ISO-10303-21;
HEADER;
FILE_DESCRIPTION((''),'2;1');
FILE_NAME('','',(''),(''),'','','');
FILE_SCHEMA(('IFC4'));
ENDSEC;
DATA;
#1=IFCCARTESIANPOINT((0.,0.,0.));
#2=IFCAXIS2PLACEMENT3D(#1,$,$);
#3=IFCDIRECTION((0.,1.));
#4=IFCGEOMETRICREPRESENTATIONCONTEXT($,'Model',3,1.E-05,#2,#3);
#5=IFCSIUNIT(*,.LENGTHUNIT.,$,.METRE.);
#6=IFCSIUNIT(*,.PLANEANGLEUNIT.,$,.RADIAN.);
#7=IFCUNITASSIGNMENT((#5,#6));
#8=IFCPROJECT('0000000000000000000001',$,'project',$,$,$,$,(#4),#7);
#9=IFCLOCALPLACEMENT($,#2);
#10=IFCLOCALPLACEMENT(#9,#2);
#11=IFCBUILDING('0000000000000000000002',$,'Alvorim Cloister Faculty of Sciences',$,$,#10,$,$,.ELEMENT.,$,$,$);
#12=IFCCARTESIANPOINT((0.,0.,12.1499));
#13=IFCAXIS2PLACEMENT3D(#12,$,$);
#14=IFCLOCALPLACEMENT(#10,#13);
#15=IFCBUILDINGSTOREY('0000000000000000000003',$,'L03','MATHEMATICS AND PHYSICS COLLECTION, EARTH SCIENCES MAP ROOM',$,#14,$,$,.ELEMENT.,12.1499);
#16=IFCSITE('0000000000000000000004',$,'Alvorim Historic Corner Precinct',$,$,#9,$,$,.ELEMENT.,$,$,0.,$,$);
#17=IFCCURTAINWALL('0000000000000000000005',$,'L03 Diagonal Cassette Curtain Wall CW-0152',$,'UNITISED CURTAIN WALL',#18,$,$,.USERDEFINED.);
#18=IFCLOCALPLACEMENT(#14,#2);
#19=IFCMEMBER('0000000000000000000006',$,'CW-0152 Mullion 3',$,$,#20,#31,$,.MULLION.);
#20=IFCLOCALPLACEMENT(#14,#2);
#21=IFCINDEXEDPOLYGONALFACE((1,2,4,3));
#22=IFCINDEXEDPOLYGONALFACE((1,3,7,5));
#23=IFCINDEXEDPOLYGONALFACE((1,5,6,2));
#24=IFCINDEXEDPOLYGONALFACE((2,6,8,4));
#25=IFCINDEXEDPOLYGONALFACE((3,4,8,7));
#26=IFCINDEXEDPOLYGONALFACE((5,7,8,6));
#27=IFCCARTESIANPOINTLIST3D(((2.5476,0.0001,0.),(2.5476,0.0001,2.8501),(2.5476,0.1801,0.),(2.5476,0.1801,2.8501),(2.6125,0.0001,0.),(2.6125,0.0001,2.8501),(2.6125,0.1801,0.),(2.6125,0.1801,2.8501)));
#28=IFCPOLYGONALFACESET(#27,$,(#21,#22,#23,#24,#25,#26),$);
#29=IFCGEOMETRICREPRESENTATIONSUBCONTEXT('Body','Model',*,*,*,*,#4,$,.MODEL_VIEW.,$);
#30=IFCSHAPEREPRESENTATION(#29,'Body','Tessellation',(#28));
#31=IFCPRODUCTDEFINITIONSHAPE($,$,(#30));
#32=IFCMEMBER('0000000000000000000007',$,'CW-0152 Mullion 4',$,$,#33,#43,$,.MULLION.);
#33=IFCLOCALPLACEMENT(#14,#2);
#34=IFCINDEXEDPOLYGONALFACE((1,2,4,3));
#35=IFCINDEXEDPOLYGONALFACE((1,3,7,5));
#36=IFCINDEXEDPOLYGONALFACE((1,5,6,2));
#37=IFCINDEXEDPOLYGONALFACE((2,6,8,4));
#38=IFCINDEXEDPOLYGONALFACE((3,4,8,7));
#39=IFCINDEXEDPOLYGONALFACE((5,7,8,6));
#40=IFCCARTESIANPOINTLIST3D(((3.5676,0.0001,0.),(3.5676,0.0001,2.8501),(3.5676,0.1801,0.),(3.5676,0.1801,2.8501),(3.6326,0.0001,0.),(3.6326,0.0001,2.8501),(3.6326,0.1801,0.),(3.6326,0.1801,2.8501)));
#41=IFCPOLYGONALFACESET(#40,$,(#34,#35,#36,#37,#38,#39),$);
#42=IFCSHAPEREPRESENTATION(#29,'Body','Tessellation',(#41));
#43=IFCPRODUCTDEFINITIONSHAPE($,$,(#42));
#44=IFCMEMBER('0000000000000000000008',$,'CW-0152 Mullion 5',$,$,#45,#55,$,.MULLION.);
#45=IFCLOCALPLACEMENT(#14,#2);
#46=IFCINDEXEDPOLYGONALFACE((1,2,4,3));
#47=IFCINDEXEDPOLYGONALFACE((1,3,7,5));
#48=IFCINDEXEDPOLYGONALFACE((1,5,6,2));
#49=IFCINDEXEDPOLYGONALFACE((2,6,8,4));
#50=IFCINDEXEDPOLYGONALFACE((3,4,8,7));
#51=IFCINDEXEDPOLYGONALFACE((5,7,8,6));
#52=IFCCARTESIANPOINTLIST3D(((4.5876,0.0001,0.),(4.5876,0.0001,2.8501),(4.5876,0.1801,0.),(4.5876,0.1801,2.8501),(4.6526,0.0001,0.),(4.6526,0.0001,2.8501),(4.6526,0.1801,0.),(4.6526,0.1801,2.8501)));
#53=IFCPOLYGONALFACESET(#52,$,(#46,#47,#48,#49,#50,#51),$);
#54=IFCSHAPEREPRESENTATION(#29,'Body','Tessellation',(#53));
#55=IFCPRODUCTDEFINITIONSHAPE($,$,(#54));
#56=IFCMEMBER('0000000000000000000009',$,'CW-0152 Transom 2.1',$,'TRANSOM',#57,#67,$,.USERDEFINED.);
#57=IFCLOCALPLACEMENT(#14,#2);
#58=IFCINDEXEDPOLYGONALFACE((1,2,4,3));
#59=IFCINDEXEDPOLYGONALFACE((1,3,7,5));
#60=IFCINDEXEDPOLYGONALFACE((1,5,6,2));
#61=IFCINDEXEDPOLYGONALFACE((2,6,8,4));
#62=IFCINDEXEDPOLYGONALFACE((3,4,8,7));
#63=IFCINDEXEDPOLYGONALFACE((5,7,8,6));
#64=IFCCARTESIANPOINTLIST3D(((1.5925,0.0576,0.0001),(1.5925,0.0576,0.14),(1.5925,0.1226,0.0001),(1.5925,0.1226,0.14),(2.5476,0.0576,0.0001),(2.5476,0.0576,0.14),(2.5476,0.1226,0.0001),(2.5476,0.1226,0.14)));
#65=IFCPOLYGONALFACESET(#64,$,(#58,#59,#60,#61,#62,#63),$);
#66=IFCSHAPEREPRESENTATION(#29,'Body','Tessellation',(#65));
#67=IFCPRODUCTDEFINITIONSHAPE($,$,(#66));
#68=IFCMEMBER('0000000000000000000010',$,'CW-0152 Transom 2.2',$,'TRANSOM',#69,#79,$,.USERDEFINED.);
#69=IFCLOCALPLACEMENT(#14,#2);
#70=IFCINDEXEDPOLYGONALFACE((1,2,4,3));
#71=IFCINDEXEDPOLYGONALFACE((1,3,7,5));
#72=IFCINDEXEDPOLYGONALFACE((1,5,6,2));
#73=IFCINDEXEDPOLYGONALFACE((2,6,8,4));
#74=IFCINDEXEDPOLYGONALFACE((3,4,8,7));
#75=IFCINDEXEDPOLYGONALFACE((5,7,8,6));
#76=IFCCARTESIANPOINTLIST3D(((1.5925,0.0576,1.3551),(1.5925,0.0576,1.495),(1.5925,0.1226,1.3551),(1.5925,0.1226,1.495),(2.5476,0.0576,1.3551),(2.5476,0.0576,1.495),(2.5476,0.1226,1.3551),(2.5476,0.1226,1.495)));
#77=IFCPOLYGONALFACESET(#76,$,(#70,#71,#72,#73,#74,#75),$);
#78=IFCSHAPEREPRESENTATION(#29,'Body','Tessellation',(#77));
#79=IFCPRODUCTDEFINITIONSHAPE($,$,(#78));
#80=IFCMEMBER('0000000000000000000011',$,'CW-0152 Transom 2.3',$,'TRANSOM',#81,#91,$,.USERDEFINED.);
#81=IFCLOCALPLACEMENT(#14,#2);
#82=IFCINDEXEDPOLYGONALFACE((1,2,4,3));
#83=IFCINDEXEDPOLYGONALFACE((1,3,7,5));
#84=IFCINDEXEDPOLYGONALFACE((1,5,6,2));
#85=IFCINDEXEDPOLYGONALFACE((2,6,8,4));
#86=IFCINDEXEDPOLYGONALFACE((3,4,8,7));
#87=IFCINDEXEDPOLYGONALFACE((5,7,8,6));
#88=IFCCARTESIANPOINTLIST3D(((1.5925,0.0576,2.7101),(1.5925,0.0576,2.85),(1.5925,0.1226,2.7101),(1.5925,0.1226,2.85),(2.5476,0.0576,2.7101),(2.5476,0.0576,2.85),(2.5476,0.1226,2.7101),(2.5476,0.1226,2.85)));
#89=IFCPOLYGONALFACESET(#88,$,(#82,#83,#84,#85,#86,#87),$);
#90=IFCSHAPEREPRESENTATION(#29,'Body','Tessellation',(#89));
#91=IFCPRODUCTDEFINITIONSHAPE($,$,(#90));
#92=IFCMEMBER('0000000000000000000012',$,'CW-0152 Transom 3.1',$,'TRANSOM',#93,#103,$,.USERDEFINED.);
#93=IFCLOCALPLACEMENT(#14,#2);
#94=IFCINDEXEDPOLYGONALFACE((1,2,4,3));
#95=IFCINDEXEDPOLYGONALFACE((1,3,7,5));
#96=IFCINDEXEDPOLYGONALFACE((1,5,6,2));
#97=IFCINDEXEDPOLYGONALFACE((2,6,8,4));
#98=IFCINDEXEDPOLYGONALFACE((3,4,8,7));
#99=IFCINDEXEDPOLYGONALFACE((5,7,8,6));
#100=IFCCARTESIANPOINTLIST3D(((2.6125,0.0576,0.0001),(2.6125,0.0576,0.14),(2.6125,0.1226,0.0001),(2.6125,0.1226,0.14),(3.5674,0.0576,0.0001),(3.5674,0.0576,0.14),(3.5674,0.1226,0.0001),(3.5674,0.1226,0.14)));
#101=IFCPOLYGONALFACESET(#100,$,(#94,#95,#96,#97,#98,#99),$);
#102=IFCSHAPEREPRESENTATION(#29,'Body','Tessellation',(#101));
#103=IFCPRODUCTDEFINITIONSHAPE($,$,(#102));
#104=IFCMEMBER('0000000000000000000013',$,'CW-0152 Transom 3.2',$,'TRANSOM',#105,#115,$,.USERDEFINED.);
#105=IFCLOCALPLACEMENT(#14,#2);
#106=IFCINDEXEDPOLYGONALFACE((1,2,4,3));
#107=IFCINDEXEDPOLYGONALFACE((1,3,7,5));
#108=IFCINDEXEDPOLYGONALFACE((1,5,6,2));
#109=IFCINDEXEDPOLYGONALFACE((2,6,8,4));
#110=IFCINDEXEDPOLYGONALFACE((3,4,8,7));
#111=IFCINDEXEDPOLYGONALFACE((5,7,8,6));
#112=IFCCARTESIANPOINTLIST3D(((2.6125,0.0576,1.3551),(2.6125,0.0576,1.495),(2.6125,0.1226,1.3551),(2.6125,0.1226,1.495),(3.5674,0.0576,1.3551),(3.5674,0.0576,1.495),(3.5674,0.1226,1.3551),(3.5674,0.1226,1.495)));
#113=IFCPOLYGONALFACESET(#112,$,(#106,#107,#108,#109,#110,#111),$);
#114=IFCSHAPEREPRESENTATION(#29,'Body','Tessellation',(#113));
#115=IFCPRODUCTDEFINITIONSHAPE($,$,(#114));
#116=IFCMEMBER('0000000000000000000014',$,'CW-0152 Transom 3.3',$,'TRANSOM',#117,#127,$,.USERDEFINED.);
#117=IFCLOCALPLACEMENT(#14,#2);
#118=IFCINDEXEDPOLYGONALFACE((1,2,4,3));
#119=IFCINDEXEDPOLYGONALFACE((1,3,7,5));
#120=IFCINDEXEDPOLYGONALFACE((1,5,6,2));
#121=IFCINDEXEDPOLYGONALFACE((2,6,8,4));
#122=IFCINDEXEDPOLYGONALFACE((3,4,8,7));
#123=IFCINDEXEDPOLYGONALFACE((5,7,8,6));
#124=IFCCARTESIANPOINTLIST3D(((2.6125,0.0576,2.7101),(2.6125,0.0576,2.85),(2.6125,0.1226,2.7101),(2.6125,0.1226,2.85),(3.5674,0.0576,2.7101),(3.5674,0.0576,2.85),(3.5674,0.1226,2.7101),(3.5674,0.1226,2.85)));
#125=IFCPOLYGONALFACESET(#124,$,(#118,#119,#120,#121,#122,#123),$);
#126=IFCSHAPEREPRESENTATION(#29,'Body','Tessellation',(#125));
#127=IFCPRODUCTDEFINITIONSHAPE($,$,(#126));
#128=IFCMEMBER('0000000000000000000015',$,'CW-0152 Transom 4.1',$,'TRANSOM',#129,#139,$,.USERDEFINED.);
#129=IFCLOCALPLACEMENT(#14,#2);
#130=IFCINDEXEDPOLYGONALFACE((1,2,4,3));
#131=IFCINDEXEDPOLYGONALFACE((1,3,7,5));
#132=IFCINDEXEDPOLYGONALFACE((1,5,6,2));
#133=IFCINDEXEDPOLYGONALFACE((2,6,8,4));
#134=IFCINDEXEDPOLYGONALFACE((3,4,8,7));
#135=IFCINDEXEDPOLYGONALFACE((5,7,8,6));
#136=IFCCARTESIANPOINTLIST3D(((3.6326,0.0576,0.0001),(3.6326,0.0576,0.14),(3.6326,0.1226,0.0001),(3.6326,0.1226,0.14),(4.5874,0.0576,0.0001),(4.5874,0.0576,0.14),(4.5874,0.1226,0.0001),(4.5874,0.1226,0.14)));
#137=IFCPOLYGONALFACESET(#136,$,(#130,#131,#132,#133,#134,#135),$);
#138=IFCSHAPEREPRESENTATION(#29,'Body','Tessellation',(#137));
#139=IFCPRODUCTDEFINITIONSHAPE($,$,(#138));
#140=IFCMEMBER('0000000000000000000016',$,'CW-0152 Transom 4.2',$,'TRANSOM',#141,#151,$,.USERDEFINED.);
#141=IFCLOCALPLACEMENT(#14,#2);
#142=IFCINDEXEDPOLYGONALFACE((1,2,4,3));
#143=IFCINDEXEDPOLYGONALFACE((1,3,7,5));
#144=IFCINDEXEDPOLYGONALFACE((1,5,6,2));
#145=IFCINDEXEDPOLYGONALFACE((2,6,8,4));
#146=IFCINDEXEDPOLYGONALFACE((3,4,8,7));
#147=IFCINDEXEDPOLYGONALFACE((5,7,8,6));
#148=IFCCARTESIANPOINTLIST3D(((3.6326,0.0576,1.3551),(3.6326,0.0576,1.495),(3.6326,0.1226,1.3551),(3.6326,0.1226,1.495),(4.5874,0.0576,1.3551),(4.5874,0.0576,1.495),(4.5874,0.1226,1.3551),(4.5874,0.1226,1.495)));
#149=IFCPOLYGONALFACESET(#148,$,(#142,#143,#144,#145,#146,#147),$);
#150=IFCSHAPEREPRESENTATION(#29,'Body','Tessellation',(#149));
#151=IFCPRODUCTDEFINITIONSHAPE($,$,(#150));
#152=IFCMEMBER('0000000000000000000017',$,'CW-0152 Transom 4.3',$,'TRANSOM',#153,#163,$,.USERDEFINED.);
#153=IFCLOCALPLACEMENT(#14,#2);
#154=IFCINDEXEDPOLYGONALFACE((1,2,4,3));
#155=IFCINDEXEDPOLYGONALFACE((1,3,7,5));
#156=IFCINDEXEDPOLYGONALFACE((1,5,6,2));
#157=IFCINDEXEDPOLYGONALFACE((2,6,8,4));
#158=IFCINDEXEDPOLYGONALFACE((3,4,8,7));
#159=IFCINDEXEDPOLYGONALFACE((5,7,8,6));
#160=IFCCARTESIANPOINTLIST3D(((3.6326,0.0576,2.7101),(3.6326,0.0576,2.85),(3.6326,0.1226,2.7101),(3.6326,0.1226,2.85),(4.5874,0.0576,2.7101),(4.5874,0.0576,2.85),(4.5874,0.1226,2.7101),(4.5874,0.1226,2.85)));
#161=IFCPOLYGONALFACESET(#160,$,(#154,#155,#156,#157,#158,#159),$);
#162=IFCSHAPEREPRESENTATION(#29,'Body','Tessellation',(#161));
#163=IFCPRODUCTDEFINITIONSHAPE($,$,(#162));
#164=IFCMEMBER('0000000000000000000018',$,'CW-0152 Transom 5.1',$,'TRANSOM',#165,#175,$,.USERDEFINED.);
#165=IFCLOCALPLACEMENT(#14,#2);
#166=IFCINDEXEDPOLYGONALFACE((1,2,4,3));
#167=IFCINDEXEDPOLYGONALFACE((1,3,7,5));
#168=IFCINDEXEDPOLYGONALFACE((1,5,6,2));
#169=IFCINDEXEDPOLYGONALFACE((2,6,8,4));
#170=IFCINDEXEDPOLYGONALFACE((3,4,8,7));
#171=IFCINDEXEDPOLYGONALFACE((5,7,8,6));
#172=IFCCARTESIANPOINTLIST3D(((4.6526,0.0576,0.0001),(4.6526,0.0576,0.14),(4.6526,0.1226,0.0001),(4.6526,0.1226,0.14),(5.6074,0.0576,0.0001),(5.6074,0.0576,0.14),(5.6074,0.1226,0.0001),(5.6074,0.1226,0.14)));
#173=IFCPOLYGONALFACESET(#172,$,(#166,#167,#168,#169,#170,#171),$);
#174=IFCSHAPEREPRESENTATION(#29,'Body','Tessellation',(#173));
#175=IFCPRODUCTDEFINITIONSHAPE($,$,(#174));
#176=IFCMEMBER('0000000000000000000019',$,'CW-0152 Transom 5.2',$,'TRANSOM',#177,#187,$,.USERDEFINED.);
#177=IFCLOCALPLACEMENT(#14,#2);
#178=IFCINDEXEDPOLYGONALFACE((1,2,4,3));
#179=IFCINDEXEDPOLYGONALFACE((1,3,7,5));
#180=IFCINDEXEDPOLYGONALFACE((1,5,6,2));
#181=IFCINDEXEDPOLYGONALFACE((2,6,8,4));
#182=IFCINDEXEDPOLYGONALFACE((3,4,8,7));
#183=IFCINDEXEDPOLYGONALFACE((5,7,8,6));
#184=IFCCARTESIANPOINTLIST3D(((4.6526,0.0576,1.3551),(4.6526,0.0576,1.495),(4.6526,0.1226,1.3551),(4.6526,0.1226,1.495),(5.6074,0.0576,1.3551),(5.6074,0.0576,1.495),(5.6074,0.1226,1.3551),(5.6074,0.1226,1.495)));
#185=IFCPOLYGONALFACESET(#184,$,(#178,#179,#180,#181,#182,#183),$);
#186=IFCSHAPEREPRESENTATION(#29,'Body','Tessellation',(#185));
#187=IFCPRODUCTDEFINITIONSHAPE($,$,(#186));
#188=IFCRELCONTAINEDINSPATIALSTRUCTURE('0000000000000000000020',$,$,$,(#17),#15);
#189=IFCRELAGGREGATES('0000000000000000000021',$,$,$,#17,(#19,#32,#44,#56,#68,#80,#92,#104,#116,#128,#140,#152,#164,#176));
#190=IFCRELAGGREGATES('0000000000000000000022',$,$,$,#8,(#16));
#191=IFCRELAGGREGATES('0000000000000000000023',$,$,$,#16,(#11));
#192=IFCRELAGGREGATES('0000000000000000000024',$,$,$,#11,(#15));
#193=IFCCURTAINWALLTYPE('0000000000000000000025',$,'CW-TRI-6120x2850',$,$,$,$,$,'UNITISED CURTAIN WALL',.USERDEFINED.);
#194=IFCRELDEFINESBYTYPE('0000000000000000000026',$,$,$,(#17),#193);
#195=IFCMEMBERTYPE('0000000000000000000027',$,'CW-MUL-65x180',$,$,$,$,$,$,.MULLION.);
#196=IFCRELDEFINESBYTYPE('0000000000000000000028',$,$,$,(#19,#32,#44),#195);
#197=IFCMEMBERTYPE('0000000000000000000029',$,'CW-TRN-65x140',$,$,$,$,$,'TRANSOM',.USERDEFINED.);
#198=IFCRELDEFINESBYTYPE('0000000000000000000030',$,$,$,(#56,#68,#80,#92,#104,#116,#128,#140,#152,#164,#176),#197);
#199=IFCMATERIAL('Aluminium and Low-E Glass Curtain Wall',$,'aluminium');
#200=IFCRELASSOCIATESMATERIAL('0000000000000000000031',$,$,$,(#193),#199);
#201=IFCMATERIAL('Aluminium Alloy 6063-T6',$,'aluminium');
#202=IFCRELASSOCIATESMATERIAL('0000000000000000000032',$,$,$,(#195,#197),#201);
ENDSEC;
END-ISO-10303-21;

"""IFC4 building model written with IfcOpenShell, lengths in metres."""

from ifc_helpers import new_model, si_unit, direction, frame, origin, origin_2d, place, context, subcontext, project, spatial, rectangle, extrude, material, material_profile, profile_set, type_object, element, aggregate, save


model = new_model("IFC4")

# Units and contexts
model_context = context("Model", 3, precision=1e-05, world=origin(), true_north=direction((0.0, 1.0)))
body_context = subcontext(model_context, "Body", "Model", "MODEL_VIEW")
ifc_project = project(units=[si_unit("LENGTHUNIT", "METRE"), si_unit("PLANEANGLEUNIT", "RADIAN")], contexts=[model_context])

# Site, building, storey
site_placement = place(None, origin())
site = spatial("IfcSite", under=ifc_project, at=site_placement, Name="Alvorim Historic Corner Precinct", CompositionType="ELEMENT", RefElevation=0.0)
building_placement = place(site_placement, origin())
building = spatial("IfcBuilding", under=site, at=building_placement, Name="Alvorim Cloister Faculty of Sciences", CompositionType="ELEMENT")
storey_placement = place(building_placement, frame((0.0, 0.0, 12.1499)))
storey = spatial("IfcBuildingStorey", under=building, at=storey_placement, Name="L03", Description="MATHEMATICS AND PHYSICS COLLECTION, EARTH SCIENCES MAP ROOM", CompositionType="ELEMENT", Elevation=12.1499)

# Curtain wall, members
ifc_material_1 = material(Name="Aluminium and Low-E Glass Curtain Wall", Category="aluminium")
curtain_wall_type = type_object("IfcCurtainWallType", Name="CW-TRI-6120x2850", ElementType="UNITISED CURTAIN WALL", PredefinedType="USERDEFINED", material=ifc_material_1)
curtain_wall_placement = place(storey_placement, origin())
curtain_wall = element("IfcCurtainWall", 1, at=curtain_wall_placement, inside=storey, type_object=curtain_wall_type, Name="L03 Diagonal Cassette Curtain Wall CW-0152", ObjectType="UNITISED CURTAIN WALL", PredefinedType="USERDEFINED")
ifc_material_2 = material(Name="Aluminium Alloy 6063-T6", Category="aluminium")
ifc_material_profile_1 = material_profile(ifc_material_2, rectangle(XDim=0.0649, YDim=0.1799, at=origin_2d()), Name="ALU-MUL-65x180")
ifc_profile_set_1 = profile_set([ifc_material_profile_1], Name="Aluminium Alloy 6063-T6")
member_type_1 = type_object("IfcMemberType", Name="CW-MUL-65x180", PredefinedType="MULLION", material=ifc_profile_set_1)
member_1_placement = place(storey_placement, frame((2.5801, 0.0901, 0.0), z_axis=(0.0, 0.0, 1.0), x_axis=(1.0, 0.0, 0.0)))
member_1 = element("IfcMember", 2, at=member_1_placement, type_object=member_type_1, Name="CW-0152 Mullion 3", PredefinedType="MULLION", context=body_context, shape_type="SweptSolid", body=[
    extrude(rectangle(XDim=0.0649, YDim=0.1799, at=origin_2d()), origin(), (0.0, 0.0, 1.0), 2.8501),
])
member_2_placement = place(storey_placement, frame((3.6001, 0.0901, 0.0), z_axis=(0.0, 0.0, 1.0), x_axis=(1.0, 0.0, 0.0)))
member_2 = element("IfcMember", 3, at=member_2_placement, type_object=member_type_1, Name="CW-0152 Mullion 4", PredefinedType="MULLION", context=body_context, shape_type="SweptSolid", body=[
    extrude(rectangle(XDim=0.0649, YDim=0.1799, at=origin_2d()), origin(), (0.0, 0.0, 1.0), 2.8501),
])
member_3_placement = place(storey_placement, frame((4.6201, 0.0901, 0.0), z_axis=(0.0, 0.0, 1.0), x_axis=(1.0, 0.0, 0.0)))
member_3 = element("IfcMember", 4, at=member_3_placement, type_object=member_type_1, Name="CW-0152 Mullion 5", PredefinedType="MULLION", context=body_context, shape_type="SweptSolid", body=[
    extrude(rectangle(XDim=0.0649, YDim=0.1799, at=origin_2d()), origin(), (0.0, 0.0, 1.0), 2.8501),
])
ifc_material_profile_2 = material_profile(ifc_material_2, rectangle(XDim=0.0649, YDim=0.1399, at=origin_2d()), Name="ALU-TRN-65x140")
ifc_profile_set_2 = profile_set([ifc_material_profile_2], Name="Aluminium Alloy 6063-T6")
member_type_2 = type_object("IfcMemberType", Name="CW-TRN-65x140", ElementType="TRANSOM", PredefinedType="USERDEFINED", material=ifc_profile_set_2)
member_4_placement = place(storey_placement, frame((1.5925, 0.0901, 0.0701), z_axis=(1.0, 0.0, 0.0), x_axis=(0.0, 1.0, 0.0)))
member_4 = element("IfcMember", 5, at=member_4_placement, type_object=member_type_2, Name="CW-0152 Transom 2.1", ObjectType="TRANSOM", PredefinedType="USERDEFINED", context=body_context, shape_type="SweptSolid", body=[
    extrude(rectangle(XDim=0.0649, YDim=0.1399, at=origin_2d()), origin(), (0.0, 0.0, 1.0), 0.9551),
])
member_5_placement = place(storey_placement, frame((1.5925, 0.0901, 1.425), z_axis=(1.0, 0.0, 0.0), x_axis=(0.0, 1.0, 0.0)))
member_5 = element("IfcMember", 6, at=member_5_placement, type_object=member_type_2, Name="CW-0152 Transom 2.2", ObjectType="TRANSOM", PredefinedType="USERDEFINED", context=body_context, shape_type="SweptSolid", body=[
    extrude(rectangle(XDim=0.0649, YDim=0.1399, at=origin_2d()), origin(), (0.0, 0.0, 1.0), 0.9551),
])
member_6_placement = place(storey_placement, frame((1.5925, 0.0901, 2.78), z_axis=(1.0, 0.0, 0.0), x_axis=(0.0, 1.0, 0.0)))
member_6 = element("IfcMember", 7, at=member_6_placement, type_object=member_type_2, Name="CW-0152 Transom 2.3", ObjectType="TRANSOM", PredefinedType="USERDEFINED", context=body_context, shape_type="SweptSolid", body=[
    extrude(rectangle(XDim=0.0649, YDim=0.1399, at=origin_2d()), origin(), (0.0, 0.0, 1.0), 0.9551),
])
member_7_placement = place(storey_placement, frame((2.6125, 0.0901, 0.0701), z_axis=(1.0, 0.0, 0.0), x_axis=(0.0, 1.0, 0.0)))
member_7 = element("IfcMember", 8, at=member_7_placement, type_object=member_type_2, Name="CW-0152 Transom 3.1", ObjectType="TRANSOM", PredefinedType="USERDEFINED", context=body_context, shape_type="SweptSolid", body=[
    extrude(rectangle(XDim=0.0649, YDim=0.1399, at=origin_2d()), origin(), (0.0, 0.0, 1.0), 0.9548),
])
member_8_placement = place(storey_placement, frame((2.6125, 0.0901, 1.425), z_axis=(1.0, 0.0, 0.0), x_axis=(0.0, 1.0, 0.0)))
member_8 = element("IfcMember", 9, at=member_8_placement, type_object=member_type_2, Name="CW-0152 Transom 3.2", ObjectType="TRANSOM", PredefinedType="USERDEFINED", context=body_context, shape_type="SweptSolid", body=[
    extrude(rectangle(XDim=0.0649, YDim=0.1399, at=origin_2d()), origin(), (0.0, 0.0, 1.0), 0.9548),
])
member_9_placement = place(storey_placement, frame((2.6125, 0.0901, 2.78), z_axis=(1.0, 0.0, 0.0), x_axis=(0.0, 1.0, 0.0)))
member_9 = element("IfcMember", 10, at=member_9_placement, type_object=member_type_2, Name="CW-0152 Transom 3.3", ObjectType="TRANSOM", PredefinedType="USERDEFINED", context=body_context, shape_type="SweptSolid", body=[
    extrude(rectangle(XDim=0.0649, YDim=0.1399, at=origin_2d()), origin(), (0.0, 0.0, 1.0), 0.9548),
])
member_10_placement = place(storey_placement, frame((3.6326, 0.0901, 0.0701), z_axis=(1.0, 0.0, 0.0), x_axis=(0.0, 1.0, 0.0)))
member_10 = element("IfcMember", 11, at=member_10_placement, type_object=member_type_2, Name="CW-0152 Transom 4.1", ObjectType="TRANSOM", PredefinedType="USERDEFINED", context=body_context, shape_type="SweptSolid", body=[
    extrude(rectangle(XDim=0.0649, YDim=0.1399, at=origin_2d()), origin(), (0.0, 0.0, 1.0), 0.9548),
])
member_11_placement = place(storey_placement, frame((3.6326, 0.0901, 1.425), z_axis=(1.0, 0.0, 0.0), x_axis=(0.0, 1.0, 0.0)))
member_11 = element("IfcMember", 12, at=member_11_placement, type_object=member_type_2, Name="CW-0152 Transom 4.2", ObjectType="TRANSOM", PredefinedType="USERDEFINED", context=body_context, shape_type="SweptSolid", body=[
    extrude(rectangle(XDim=0.0649, YDim=0.1399, at=origin_2d()), origin(), (0.0, 0.0, 1.0), 0.9548),
])
member_12_placement = place(storey_placement, frame((3.6326, 0.0901, 2.78), z_axis=(1.0, 0.0, 0.0), x_axis=(0.0, 1.0, 0.0)))
member_12 = element("IfcMember", 13, at=member_12_placement, type_object=member_type_2, Name="CW-0152 Transom 4.3", ObjectType="TRANSOM", PredefinedType="USERDEFINED", context=body_context, shape_type="SweptSolid", body=[
    extrude(rectangle(XDim=0.0649, YDim=0.1399, at=origin_2d()), origin(), (0.0, 0.0, 1.0), 0.9548),
])
member_13_placement = place(storey_placement, frame((4.6526, 0.0901, 0.0701), z_axis=(1.0, 0.0, 0.0), x_axis=(0.0, 1.0, 0.0)))
member_13 = element("IfcMember", 14, at=member_13_placement, type_object=member_type_2, Name="CW-0152 Transom 5.1", ObjectType="TRANSOM", PredefinedType="USERDEFINED", context=body_context, shape_type="SweptSolid", body=[
    extrude(rectangle(XDim=0.0649, YDim=0.1399, at=origin_2d()), origin(), (0.0, 0.0, 1.0), 0.9548),
])
member_14_placement = place(storey_placement, frame((4.6526, 0.0901, 1.425), z_axis=(1.0, 0.0, 0.0), x_axis=(0.0, 1.0, 0.0)))
member_14 = element("IfcMember", 15, at=member_14_placement, type_object=member_type_2, Name="CW-0152 Transom 5.2", ObjectType="TRANSOM", PredefinedType="USERDEFINED", context=body_context, shape_type="SweptSolid", body=[
    extrude(rectangle(XDim=0.0649, YDim=0.1399, at=origin_2d()), origin(), (0.0, 0.0, 1.0), 0.9548),
])
aggregate(curtain_wall, [member_1, member_2, member_3, member_4, member_5, member_6, member_7, member_8, member_9, member_10, member_11, member_12, member_13, member_14])

save(model, "model.ifc")
